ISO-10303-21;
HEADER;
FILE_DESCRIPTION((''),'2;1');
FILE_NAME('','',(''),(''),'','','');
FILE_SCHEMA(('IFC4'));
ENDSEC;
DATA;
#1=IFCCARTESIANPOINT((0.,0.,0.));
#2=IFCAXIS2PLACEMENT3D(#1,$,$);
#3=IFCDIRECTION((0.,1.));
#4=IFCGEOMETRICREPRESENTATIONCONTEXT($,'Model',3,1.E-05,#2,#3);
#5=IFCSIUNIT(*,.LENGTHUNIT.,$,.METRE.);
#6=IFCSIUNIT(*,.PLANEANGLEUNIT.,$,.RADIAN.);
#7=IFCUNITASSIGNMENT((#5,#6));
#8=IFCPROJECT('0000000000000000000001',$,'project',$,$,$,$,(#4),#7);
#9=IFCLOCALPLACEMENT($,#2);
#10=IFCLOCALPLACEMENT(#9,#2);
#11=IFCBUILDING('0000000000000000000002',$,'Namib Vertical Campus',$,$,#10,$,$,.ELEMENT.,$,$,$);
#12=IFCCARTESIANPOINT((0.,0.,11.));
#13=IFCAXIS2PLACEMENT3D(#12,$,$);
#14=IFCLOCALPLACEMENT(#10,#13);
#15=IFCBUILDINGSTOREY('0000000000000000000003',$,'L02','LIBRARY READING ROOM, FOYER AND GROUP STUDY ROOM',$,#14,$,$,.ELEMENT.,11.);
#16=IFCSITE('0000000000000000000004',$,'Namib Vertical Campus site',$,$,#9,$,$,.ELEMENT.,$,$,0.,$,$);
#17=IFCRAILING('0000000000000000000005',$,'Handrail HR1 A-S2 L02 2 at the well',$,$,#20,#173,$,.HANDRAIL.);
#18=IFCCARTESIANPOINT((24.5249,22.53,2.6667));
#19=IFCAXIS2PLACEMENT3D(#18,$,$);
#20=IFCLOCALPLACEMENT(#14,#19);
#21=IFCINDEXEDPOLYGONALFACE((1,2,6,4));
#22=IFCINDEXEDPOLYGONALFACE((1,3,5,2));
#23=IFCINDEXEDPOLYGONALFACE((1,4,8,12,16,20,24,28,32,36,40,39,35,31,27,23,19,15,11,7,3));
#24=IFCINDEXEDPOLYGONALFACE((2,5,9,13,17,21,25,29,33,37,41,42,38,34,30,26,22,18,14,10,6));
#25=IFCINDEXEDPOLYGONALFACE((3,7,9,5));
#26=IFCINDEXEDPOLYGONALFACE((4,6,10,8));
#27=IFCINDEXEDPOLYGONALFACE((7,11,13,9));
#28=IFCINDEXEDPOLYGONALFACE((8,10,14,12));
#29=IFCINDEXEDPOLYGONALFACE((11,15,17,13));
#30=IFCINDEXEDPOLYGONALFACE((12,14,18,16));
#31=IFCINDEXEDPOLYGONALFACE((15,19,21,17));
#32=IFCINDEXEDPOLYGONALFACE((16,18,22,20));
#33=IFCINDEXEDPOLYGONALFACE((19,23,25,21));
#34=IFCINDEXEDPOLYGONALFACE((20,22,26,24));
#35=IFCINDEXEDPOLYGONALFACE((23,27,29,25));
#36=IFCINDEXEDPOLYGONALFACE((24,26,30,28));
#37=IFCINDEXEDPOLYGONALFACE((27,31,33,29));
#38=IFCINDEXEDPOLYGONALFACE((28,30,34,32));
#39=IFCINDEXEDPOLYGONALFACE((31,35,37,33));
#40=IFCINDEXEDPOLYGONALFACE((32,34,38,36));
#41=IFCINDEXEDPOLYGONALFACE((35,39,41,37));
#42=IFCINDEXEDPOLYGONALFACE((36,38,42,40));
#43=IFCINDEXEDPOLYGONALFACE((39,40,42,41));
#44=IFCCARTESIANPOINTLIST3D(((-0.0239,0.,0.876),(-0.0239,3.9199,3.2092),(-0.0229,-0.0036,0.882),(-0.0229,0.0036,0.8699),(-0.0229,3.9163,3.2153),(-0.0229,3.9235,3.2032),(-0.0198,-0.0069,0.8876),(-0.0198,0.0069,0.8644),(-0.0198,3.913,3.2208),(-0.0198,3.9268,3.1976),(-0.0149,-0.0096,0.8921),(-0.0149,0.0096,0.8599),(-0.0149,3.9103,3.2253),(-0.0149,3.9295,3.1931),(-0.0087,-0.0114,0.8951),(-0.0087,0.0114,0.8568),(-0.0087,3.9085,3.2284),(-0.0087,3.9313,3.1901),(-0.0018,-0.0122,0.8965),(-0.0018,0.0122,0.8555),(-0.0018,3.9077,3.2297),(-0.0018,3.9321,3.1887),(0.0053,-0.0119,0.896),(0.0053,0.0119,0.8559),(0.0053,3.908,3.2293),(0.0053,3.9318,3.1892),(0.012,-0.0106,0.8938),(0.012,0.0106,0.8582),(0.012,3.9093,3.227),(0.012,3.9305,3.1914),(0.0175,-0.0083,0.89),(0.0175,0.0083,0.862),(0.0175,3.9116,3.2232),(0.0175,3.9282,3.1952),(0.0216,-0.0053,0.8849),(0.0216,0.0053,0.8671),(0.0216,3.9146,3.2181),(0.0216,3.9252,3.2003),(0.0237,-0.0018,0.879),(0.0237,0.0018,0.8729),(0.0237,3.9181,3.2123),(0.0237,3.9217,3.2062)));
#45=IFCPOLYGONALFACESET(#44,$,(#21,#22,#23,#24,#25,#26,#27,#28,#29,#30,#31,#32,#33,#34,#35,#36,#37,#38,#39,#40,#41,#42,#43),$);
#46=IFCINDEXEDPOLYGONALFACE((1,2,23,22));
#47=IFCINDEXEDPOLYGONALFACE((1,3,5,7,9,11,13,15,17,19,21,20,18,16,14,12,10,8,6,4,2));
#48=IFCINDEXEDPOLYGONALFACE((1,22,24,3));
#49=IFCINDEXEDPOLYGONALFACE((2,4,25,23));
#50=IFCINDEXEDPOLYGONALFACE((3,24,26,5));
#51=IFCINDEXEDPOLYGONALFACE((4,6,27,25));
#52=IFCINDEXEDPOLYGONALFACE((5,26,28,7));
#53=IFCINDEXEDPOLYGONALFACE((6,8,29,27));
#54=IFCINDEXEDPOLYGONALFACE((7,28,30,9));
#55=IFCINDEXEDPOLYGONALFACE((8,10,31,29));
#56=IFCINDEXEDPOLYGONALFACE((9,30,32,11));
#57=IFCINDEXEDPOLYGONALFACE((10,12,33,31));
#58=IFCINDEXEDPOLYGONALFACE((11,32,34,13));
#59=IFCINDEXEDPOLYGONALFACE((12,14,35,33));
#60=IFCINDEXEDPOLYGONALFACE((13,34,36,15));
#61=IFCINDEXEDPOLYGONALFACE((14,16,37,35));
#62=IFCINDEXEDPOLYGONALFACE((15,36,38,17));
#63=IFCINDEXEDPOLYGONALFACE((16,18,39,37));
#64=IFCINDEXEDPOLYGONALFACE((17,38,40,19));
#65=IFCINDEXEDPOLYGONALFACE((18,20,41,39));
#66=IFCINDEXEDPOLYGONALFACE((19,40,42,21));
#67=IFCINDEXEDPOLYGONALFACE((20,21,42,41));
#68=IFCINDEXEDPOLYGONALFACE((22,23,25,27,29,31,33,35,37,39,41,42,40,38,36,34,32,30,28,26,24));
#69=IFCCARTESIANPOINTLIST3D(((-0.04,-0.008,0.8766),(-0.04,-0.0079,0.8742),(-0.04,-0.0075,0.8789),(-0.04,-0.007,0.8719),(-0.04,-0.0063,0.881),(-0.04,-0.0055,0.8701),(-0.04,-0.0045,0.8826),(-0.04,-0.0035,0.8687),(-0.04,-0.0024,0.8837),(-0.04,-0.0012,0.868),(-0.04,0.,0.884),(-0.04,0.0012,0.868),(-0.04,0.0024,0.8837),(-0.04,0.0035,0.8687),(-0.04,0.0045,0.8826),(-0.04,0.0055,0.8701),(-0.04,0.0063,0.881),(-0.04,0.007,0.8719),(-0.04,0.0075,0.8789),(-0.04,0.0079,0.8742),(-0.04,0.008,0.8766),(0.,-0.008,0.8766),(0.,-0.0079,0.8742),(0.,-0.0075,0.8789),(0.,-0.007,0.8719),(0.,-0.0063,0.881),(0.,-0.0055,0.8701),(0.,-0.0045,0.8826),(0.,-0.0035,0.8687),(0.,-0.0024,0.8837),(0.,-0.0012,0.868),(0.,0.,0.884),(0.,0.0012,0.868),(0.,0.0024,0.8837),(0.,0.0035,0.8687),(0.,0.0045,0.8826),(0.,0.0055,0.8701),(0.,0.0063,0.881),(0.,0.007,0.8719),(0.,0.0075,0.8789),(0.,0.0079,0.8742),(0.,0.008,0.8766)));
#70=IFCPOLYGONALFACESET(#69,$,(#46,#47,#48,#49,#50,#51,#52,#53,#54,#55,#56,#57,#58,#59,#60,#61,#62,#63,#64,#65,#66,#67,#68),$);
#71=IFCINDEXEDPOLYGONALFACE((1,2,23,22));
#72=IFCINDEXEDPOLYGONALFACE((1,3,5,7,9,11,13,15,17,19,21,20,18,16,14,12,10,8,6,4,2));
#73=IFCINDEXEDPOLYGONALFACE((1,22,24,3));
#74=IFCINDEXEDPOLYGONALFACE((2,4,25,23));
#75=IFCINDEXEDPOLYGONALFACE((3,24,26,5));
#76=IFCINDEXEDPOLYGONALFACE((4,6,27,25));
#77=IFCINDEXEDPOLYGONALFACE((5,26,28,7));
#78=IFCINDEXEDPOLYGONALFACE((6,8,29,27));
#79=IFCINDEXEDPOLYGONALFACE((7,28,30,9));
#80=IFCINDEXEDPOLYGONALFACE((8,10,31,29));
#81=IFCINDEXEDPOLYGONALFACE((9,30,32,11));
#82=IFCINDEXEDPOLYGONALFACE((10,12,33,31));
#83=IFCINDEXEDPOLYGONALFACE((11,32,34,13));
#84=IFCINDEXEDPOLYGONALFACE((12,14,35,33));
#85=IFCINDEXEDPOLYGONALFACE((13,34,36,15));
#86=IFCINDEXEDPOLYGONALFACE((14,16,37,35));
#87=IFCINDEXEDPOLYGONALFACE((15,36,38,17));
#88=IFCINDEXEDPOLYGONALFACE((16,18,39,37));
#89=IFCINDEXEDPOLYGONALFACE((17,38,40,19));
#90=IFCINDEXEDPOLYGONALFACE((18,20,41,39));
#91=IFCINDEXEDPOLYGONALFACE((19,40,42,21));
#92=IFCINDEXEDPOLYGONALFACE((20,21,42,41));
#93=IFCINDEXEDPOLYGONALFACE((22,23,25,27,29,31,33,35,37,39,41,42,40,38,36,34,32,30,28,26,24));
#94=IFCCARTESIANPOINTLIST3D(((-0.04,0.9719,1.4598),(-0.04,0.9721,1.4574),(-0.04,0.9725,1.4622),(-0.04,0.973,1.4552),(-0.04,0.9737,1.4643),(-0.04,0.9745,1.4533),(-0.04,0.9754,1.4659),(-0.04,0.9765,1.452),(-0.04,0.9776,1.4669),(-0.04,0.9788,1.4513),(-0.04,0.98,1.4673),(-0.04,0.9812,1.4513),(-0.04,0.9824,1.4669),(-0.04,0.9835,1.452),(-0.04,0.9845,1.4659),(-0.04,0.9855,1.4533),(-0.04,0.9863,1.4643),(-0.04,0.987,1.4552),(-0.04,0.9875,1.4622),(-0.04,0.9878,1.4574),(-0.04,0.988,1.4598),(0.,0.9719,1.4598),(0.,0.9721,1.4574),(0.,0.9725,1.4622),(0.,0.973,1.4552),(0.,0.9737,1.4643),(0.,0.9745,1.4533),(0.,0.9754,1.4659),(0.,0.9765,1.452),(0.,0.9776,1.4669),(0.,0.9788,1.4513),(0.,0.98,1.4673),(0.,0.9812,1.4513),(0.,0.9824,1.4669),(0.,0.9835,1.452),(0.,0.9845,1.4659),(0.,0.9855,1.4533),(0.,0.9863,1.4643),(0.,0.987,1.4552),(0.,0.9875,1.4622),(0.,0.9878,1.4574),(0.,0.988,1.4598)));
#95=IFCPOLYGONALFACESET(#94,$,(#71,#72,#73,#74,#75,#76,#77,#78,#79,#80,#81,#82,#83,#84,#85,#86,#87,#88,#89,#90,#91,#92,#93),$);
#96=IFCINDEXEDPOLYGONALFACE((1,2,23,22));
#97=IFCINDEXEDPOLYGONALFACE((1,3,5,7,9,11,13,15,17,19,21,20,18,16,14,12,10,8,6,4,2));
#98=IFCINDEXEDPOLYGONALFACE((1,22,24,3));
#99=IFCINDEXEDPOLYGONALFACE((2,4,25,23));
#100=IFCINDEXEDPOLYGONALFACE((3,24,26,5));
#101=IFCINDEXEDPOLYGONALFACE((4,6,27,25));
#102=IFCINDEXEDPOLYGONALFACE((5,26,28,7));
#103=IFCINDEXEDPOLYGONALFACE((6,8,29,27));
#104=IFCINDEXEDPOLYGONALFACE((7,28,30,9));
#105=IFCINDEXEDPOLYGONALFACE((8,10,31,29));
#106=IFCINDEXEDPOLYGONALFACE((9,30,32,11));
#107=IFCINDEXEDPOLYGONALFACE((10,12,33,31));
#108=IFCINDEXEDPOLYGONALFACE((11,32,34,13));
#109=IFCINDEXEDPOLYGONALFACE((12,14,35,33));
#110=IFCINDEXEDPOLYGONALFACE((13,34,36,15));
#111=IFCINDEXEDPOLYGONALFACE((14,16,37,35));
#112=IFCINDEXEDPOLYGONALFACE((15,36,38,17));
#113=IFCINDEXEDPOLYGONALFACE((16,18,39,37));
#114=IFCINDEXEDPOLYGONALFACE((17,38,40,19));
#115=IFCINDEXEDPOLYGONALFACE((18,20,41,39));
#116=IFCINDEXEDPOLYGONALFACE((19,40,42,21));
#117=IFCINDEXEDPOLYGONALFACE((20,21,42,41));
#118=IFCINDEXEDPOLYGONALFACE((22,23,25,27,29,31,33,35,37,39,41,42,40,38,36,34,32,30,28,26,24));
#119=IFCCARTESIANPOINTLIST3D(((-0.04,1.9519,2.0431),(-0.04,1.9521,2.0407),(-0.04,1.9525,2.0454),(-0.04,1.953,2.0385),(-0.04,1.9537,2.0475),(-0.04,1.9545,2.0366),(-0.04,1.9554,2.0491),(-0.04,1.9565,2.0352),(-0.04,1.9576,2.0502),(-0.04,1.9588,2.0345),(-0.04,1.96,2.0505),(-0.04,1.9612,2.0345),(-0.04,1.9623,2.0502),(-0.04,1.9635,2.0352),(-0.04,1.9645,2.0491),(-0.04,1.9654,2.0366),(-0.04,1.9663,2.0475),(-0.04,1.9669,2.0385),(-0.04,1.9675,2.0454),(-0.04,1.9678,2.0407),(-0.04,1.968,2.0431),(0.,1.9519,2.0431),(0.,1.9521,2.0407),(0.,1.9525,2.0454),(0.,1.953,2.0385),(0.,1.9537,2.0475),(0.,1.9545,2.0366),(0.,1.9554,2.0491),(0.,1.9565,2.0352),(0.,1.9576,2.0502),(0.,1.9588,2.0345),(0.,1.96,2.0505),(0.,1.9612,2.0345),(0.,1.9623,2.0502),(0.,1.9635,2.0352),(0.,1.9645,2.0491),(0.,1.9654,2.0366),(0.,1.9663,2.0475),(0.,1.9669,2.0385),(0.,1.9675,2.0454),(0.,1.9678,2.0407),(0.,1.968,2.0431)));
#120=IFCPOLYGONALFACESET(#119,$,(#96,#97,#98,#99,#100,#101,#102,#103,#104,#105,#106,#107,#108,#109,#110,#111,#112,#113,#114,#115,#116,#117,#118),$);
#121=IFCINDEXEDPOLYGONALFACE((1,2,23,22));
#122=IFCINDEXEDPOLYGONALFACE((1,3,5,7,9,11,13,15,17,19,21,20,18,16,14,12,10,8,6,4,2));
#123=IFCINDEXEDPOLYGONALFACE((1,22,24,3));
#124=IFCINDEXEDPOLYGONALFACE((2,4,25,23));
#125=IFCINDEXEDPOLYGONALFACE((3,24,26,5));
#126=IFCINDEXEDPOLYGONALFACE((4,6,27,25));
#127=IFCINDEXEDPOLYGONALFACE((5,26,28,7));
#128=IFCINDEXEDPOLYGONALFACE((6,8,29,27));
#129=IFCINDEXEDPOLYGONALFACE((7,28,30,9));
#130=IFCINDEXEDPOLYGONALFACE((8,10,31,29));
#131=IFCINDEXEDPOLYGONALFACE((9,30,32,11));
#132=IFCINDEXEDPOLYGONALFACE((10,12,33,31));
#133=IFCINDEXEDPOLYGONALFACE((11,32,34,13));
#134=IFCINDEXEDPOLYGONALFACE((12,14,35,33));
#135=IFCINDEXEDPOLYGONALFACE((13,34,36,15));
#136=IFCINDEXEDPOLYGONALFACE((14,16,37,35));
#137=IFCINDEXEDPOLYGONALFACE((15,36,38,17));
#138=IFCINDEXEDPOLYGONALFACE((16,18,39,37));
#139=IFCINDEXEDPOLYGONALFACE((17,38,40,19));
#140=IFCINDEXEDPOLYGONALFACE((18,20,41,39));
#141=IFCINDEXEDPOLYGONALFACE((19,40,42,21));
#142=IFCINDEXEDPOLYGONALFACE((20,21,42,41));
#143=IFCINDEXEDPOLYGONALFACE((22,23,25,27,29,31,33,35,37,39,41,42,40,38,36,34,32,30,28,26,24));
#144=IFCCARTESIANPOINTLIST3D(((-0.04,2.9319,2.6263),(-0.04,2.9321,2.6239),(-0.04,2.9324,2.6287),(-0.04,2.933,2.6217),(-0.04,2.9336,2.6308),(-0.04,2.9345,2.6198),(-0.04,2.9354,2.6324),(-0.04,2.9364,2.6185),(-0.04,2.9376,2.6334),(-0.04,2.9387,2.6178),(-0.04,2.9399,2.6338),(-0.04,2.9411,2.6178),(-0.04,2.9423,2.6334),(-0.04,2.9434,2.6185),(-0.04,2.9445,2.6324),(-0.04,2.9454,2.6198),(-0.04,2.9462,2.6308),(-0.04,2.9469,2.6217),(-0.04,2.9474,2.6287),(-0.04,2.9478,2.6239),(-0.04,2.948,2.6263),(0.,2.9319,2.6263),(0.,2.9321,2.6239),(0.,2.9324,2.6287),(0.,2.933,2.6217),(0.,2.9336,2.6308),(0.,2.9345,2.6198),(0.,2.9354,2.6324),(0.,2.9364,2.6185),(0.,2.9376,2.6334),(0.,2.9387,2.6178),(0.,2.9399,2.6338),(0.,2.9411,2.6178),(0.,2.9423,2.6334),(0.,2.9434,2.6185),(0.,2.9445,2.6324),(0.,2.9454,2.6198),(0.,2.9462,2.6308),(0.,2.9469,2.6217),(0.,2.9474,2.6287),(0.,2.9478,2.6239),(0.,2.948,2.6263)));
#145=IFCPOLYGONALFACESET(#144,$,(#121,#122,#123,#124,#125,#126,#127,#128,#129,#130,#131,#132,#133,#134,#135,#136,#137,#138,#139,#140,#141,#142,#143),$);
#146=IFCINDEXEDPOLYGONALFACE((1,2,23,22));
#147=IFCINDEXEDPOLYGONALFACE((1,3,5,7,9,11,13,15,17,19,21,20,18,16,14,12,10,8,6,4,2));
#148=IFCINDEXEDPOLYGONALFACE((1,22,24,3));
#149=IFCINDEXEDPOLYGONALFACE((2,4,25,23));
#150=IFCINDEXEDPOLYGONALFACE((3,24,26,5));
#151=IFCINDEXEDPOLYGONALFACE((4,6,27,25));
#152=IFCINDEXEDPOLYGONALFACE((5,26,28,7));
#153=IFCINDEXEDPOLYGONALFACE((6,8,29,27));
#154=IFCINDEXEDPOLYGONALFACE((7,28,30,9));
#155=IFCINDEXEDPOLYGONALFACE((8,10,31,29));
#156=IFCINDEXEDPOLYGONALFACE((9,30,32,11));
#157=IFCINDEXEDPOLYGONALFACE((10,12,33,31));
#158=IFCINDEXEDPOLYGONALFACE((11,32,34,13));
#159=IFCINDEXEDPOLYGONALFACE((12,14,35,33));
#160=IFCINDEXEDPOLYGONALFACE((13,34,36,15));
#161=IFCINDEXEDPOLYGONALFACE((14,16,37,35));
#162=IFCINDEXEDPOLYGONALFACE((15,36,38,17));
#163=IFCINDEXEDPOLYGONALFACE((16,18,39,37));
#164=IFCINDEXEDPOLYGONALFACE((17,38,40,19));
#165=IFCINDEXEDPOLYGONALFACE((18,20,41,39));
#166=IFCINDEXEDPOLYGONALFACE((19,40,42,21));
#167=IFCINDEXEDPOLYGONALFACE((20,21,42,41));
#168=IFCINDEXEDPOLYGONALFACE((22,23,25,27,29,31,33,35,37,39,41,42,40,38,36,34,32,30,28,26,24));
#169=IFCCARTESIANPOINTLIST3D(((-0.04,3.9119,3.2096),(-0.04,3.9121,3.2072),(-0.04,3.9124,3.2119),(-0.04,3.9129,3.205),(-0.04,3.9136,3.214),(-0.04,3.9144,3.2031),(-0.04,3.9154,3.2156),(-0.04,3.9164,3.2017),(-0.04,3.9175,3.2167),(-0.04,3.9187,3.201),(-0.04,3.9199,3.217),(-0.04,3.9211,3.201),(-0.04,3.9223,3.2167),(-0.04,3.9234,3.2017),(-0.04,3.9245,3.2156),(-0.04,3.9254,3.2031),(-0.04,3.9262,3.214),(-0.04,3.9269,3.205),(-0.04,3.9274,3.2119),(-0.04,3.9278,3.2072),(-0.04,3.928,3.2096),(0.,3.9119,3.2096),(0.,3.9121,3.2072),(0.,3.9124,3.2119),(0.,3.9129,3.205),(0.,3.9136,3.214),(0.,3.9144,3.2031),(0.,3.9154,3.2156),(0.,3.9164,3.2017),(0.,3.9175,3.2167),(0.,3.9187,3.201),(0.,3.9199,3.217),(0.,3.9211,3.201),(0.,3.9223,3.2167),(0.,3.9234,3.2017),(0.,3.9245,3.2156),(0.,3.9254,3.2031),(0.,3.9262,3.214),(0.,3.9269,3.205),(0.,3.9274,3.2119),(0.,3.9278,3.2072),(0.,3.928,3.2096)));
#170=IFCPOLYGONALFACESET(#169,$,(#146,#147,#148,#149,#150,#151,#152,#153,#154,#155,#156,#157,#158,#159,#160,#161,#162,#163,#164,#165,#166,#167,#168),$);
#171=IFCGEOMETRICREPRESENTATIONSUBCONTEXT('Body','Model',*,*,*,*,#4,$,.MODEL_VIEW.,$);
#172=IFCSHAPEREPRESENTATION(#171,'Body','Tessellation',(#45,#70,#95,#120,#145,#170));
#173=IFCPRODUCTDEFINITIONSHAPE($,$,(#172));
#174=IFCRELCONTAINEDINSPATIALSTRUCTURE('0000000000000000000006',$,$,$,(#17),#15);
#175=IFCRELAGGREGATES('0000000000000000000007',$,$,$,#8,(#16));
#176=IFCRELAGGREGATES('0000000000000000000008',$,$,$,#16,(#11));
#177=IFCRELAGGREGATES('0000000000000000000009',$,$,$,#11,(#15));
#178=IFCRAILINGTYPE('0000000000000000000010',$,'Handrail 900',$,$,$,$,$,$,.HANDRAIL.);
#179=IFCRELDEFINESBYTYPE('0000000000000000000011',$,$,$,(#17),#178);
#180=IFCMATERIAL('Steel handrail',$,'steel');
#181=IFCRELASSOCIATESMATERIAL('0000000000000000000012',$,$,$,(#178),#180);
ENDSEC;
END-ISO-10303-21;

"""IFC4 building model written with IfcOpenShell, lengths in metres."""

from ifc_helpers import new_model, si_unit, direction, frame, origin, origin_2d, place, context, subcontext, project, spatial, circle, extrude, material, type_object, element, save


model = new_model("IFC4")

# Units and contexts
model_context = context("Model", 3, precision=1e-05, world=origin(), true_north=direction((0.0, 1.0)))
body_context = subcontext(model_context, "Body", "Model", "MODEL_VIEW")
ifc_project = project(units=[si_unit("LENGTHUNIT", "METRE"), si_unit("PLANEANGLEUNIT", "RADIAN")], contexts=[model_context])

# Site, building, storey
site_placement = place(None, origin())
site = spatial("IfcSite", under=ifc_project, at=site_placement, Name="Namib Vertical Campus site", CompositionType="ELEMENT", RefElevation=0.0)
building_placement = place(site_placement, origin())
building = spatial("IfcBuilding", under=site, at=building_placement, Name="Namib Vertical Campus", CompositionType="ELEMENT")
storey_placement = place(building_placement, frame((0.0, 0.0, 11.0)))
storey = spatial("IfcBuildingStorey", under=building, at=storey_placement, Name="L02", Description="LIBRARY READING ROOM, FOYER AND GROUP STUDY ROOM", CompositionType="ELEMENT", Elevation=11.0)

# Railing
ifc_material_1 = material(Name="Steel handrail", Category="steel")
railing_type_1 = type_object("IfcRailingType", Name="Handrail 900", PredefinedType="HANDRAIL", material=ifc_material_1)
railing_1_placement = place(storey_placement, frame((24.5249, 22.53, 2.6667)))
element("IfcRailing", 1, at=railing_1_placement, inside=storey, type_object=railing_type_1, Name="Handrail HR1 A-S2 L02 2 at the well", PredefinedType="HANDRAIL", context=body_context, shape_type="SweptSolid", body=[
    extrude(circle(Radius=0.0239, at=origin_2d()), frame((0.0, 0.0, 0.876), z_axis=(0.0, 0.859296, 0.511478), x_axis=(-1.0, 0.0, 0.0)), (0.0, 0.0, 1.0), 4.5618),
    extrude(circle(Radius=0.0081, at=origin_2d()), frame((0.0, 0.0, 0.876), z_axis=(-1.0, 0.0, 0.0), x_axis=(0.0, 0.0, 1.0)), (0.0, 0.0, 1.0), 0.04),
    extrude(circle(Radius=0.0081, at=origin_2d()), frame((0.0, 0.98, 1.4592), z_axis=(-1.0, 0.0, 0.0), x_axis=(0.0, 0.0, 1.0)), (0.0, 0.0, 1.0), 0.04),
    extrude(circle(Radius=0.0081, at=origin_2d()), frame((0.0, 1.96, 2.0425), z_axis=(-1.0, 0.0, 0.0), x_axis=(0.0, 0.0, 1.0)), (0.0, 0.0, 1.0), 0.04),
    extrude(circle(Radius=0.0081, at=origin_2d()), frame((0.0, 2.9399, 2.6257), z_axis=(-1.0, 0.0, 0.0), x_axis=(0.0, 0.0, 1.0)), (0.0, 0.0, 1.0), 0.04),
    extrude(circle(Radius=0.0081, at=origin_2d()), frame((0.0, 3.9199, 3.209), z_axis=(-1.0, 0.0, 0.0), x_axis=(0.0, 0.0, 1.0)), (0.0, 0.0, 1.0), 0.04),
])

save(model, "model.ifc")
